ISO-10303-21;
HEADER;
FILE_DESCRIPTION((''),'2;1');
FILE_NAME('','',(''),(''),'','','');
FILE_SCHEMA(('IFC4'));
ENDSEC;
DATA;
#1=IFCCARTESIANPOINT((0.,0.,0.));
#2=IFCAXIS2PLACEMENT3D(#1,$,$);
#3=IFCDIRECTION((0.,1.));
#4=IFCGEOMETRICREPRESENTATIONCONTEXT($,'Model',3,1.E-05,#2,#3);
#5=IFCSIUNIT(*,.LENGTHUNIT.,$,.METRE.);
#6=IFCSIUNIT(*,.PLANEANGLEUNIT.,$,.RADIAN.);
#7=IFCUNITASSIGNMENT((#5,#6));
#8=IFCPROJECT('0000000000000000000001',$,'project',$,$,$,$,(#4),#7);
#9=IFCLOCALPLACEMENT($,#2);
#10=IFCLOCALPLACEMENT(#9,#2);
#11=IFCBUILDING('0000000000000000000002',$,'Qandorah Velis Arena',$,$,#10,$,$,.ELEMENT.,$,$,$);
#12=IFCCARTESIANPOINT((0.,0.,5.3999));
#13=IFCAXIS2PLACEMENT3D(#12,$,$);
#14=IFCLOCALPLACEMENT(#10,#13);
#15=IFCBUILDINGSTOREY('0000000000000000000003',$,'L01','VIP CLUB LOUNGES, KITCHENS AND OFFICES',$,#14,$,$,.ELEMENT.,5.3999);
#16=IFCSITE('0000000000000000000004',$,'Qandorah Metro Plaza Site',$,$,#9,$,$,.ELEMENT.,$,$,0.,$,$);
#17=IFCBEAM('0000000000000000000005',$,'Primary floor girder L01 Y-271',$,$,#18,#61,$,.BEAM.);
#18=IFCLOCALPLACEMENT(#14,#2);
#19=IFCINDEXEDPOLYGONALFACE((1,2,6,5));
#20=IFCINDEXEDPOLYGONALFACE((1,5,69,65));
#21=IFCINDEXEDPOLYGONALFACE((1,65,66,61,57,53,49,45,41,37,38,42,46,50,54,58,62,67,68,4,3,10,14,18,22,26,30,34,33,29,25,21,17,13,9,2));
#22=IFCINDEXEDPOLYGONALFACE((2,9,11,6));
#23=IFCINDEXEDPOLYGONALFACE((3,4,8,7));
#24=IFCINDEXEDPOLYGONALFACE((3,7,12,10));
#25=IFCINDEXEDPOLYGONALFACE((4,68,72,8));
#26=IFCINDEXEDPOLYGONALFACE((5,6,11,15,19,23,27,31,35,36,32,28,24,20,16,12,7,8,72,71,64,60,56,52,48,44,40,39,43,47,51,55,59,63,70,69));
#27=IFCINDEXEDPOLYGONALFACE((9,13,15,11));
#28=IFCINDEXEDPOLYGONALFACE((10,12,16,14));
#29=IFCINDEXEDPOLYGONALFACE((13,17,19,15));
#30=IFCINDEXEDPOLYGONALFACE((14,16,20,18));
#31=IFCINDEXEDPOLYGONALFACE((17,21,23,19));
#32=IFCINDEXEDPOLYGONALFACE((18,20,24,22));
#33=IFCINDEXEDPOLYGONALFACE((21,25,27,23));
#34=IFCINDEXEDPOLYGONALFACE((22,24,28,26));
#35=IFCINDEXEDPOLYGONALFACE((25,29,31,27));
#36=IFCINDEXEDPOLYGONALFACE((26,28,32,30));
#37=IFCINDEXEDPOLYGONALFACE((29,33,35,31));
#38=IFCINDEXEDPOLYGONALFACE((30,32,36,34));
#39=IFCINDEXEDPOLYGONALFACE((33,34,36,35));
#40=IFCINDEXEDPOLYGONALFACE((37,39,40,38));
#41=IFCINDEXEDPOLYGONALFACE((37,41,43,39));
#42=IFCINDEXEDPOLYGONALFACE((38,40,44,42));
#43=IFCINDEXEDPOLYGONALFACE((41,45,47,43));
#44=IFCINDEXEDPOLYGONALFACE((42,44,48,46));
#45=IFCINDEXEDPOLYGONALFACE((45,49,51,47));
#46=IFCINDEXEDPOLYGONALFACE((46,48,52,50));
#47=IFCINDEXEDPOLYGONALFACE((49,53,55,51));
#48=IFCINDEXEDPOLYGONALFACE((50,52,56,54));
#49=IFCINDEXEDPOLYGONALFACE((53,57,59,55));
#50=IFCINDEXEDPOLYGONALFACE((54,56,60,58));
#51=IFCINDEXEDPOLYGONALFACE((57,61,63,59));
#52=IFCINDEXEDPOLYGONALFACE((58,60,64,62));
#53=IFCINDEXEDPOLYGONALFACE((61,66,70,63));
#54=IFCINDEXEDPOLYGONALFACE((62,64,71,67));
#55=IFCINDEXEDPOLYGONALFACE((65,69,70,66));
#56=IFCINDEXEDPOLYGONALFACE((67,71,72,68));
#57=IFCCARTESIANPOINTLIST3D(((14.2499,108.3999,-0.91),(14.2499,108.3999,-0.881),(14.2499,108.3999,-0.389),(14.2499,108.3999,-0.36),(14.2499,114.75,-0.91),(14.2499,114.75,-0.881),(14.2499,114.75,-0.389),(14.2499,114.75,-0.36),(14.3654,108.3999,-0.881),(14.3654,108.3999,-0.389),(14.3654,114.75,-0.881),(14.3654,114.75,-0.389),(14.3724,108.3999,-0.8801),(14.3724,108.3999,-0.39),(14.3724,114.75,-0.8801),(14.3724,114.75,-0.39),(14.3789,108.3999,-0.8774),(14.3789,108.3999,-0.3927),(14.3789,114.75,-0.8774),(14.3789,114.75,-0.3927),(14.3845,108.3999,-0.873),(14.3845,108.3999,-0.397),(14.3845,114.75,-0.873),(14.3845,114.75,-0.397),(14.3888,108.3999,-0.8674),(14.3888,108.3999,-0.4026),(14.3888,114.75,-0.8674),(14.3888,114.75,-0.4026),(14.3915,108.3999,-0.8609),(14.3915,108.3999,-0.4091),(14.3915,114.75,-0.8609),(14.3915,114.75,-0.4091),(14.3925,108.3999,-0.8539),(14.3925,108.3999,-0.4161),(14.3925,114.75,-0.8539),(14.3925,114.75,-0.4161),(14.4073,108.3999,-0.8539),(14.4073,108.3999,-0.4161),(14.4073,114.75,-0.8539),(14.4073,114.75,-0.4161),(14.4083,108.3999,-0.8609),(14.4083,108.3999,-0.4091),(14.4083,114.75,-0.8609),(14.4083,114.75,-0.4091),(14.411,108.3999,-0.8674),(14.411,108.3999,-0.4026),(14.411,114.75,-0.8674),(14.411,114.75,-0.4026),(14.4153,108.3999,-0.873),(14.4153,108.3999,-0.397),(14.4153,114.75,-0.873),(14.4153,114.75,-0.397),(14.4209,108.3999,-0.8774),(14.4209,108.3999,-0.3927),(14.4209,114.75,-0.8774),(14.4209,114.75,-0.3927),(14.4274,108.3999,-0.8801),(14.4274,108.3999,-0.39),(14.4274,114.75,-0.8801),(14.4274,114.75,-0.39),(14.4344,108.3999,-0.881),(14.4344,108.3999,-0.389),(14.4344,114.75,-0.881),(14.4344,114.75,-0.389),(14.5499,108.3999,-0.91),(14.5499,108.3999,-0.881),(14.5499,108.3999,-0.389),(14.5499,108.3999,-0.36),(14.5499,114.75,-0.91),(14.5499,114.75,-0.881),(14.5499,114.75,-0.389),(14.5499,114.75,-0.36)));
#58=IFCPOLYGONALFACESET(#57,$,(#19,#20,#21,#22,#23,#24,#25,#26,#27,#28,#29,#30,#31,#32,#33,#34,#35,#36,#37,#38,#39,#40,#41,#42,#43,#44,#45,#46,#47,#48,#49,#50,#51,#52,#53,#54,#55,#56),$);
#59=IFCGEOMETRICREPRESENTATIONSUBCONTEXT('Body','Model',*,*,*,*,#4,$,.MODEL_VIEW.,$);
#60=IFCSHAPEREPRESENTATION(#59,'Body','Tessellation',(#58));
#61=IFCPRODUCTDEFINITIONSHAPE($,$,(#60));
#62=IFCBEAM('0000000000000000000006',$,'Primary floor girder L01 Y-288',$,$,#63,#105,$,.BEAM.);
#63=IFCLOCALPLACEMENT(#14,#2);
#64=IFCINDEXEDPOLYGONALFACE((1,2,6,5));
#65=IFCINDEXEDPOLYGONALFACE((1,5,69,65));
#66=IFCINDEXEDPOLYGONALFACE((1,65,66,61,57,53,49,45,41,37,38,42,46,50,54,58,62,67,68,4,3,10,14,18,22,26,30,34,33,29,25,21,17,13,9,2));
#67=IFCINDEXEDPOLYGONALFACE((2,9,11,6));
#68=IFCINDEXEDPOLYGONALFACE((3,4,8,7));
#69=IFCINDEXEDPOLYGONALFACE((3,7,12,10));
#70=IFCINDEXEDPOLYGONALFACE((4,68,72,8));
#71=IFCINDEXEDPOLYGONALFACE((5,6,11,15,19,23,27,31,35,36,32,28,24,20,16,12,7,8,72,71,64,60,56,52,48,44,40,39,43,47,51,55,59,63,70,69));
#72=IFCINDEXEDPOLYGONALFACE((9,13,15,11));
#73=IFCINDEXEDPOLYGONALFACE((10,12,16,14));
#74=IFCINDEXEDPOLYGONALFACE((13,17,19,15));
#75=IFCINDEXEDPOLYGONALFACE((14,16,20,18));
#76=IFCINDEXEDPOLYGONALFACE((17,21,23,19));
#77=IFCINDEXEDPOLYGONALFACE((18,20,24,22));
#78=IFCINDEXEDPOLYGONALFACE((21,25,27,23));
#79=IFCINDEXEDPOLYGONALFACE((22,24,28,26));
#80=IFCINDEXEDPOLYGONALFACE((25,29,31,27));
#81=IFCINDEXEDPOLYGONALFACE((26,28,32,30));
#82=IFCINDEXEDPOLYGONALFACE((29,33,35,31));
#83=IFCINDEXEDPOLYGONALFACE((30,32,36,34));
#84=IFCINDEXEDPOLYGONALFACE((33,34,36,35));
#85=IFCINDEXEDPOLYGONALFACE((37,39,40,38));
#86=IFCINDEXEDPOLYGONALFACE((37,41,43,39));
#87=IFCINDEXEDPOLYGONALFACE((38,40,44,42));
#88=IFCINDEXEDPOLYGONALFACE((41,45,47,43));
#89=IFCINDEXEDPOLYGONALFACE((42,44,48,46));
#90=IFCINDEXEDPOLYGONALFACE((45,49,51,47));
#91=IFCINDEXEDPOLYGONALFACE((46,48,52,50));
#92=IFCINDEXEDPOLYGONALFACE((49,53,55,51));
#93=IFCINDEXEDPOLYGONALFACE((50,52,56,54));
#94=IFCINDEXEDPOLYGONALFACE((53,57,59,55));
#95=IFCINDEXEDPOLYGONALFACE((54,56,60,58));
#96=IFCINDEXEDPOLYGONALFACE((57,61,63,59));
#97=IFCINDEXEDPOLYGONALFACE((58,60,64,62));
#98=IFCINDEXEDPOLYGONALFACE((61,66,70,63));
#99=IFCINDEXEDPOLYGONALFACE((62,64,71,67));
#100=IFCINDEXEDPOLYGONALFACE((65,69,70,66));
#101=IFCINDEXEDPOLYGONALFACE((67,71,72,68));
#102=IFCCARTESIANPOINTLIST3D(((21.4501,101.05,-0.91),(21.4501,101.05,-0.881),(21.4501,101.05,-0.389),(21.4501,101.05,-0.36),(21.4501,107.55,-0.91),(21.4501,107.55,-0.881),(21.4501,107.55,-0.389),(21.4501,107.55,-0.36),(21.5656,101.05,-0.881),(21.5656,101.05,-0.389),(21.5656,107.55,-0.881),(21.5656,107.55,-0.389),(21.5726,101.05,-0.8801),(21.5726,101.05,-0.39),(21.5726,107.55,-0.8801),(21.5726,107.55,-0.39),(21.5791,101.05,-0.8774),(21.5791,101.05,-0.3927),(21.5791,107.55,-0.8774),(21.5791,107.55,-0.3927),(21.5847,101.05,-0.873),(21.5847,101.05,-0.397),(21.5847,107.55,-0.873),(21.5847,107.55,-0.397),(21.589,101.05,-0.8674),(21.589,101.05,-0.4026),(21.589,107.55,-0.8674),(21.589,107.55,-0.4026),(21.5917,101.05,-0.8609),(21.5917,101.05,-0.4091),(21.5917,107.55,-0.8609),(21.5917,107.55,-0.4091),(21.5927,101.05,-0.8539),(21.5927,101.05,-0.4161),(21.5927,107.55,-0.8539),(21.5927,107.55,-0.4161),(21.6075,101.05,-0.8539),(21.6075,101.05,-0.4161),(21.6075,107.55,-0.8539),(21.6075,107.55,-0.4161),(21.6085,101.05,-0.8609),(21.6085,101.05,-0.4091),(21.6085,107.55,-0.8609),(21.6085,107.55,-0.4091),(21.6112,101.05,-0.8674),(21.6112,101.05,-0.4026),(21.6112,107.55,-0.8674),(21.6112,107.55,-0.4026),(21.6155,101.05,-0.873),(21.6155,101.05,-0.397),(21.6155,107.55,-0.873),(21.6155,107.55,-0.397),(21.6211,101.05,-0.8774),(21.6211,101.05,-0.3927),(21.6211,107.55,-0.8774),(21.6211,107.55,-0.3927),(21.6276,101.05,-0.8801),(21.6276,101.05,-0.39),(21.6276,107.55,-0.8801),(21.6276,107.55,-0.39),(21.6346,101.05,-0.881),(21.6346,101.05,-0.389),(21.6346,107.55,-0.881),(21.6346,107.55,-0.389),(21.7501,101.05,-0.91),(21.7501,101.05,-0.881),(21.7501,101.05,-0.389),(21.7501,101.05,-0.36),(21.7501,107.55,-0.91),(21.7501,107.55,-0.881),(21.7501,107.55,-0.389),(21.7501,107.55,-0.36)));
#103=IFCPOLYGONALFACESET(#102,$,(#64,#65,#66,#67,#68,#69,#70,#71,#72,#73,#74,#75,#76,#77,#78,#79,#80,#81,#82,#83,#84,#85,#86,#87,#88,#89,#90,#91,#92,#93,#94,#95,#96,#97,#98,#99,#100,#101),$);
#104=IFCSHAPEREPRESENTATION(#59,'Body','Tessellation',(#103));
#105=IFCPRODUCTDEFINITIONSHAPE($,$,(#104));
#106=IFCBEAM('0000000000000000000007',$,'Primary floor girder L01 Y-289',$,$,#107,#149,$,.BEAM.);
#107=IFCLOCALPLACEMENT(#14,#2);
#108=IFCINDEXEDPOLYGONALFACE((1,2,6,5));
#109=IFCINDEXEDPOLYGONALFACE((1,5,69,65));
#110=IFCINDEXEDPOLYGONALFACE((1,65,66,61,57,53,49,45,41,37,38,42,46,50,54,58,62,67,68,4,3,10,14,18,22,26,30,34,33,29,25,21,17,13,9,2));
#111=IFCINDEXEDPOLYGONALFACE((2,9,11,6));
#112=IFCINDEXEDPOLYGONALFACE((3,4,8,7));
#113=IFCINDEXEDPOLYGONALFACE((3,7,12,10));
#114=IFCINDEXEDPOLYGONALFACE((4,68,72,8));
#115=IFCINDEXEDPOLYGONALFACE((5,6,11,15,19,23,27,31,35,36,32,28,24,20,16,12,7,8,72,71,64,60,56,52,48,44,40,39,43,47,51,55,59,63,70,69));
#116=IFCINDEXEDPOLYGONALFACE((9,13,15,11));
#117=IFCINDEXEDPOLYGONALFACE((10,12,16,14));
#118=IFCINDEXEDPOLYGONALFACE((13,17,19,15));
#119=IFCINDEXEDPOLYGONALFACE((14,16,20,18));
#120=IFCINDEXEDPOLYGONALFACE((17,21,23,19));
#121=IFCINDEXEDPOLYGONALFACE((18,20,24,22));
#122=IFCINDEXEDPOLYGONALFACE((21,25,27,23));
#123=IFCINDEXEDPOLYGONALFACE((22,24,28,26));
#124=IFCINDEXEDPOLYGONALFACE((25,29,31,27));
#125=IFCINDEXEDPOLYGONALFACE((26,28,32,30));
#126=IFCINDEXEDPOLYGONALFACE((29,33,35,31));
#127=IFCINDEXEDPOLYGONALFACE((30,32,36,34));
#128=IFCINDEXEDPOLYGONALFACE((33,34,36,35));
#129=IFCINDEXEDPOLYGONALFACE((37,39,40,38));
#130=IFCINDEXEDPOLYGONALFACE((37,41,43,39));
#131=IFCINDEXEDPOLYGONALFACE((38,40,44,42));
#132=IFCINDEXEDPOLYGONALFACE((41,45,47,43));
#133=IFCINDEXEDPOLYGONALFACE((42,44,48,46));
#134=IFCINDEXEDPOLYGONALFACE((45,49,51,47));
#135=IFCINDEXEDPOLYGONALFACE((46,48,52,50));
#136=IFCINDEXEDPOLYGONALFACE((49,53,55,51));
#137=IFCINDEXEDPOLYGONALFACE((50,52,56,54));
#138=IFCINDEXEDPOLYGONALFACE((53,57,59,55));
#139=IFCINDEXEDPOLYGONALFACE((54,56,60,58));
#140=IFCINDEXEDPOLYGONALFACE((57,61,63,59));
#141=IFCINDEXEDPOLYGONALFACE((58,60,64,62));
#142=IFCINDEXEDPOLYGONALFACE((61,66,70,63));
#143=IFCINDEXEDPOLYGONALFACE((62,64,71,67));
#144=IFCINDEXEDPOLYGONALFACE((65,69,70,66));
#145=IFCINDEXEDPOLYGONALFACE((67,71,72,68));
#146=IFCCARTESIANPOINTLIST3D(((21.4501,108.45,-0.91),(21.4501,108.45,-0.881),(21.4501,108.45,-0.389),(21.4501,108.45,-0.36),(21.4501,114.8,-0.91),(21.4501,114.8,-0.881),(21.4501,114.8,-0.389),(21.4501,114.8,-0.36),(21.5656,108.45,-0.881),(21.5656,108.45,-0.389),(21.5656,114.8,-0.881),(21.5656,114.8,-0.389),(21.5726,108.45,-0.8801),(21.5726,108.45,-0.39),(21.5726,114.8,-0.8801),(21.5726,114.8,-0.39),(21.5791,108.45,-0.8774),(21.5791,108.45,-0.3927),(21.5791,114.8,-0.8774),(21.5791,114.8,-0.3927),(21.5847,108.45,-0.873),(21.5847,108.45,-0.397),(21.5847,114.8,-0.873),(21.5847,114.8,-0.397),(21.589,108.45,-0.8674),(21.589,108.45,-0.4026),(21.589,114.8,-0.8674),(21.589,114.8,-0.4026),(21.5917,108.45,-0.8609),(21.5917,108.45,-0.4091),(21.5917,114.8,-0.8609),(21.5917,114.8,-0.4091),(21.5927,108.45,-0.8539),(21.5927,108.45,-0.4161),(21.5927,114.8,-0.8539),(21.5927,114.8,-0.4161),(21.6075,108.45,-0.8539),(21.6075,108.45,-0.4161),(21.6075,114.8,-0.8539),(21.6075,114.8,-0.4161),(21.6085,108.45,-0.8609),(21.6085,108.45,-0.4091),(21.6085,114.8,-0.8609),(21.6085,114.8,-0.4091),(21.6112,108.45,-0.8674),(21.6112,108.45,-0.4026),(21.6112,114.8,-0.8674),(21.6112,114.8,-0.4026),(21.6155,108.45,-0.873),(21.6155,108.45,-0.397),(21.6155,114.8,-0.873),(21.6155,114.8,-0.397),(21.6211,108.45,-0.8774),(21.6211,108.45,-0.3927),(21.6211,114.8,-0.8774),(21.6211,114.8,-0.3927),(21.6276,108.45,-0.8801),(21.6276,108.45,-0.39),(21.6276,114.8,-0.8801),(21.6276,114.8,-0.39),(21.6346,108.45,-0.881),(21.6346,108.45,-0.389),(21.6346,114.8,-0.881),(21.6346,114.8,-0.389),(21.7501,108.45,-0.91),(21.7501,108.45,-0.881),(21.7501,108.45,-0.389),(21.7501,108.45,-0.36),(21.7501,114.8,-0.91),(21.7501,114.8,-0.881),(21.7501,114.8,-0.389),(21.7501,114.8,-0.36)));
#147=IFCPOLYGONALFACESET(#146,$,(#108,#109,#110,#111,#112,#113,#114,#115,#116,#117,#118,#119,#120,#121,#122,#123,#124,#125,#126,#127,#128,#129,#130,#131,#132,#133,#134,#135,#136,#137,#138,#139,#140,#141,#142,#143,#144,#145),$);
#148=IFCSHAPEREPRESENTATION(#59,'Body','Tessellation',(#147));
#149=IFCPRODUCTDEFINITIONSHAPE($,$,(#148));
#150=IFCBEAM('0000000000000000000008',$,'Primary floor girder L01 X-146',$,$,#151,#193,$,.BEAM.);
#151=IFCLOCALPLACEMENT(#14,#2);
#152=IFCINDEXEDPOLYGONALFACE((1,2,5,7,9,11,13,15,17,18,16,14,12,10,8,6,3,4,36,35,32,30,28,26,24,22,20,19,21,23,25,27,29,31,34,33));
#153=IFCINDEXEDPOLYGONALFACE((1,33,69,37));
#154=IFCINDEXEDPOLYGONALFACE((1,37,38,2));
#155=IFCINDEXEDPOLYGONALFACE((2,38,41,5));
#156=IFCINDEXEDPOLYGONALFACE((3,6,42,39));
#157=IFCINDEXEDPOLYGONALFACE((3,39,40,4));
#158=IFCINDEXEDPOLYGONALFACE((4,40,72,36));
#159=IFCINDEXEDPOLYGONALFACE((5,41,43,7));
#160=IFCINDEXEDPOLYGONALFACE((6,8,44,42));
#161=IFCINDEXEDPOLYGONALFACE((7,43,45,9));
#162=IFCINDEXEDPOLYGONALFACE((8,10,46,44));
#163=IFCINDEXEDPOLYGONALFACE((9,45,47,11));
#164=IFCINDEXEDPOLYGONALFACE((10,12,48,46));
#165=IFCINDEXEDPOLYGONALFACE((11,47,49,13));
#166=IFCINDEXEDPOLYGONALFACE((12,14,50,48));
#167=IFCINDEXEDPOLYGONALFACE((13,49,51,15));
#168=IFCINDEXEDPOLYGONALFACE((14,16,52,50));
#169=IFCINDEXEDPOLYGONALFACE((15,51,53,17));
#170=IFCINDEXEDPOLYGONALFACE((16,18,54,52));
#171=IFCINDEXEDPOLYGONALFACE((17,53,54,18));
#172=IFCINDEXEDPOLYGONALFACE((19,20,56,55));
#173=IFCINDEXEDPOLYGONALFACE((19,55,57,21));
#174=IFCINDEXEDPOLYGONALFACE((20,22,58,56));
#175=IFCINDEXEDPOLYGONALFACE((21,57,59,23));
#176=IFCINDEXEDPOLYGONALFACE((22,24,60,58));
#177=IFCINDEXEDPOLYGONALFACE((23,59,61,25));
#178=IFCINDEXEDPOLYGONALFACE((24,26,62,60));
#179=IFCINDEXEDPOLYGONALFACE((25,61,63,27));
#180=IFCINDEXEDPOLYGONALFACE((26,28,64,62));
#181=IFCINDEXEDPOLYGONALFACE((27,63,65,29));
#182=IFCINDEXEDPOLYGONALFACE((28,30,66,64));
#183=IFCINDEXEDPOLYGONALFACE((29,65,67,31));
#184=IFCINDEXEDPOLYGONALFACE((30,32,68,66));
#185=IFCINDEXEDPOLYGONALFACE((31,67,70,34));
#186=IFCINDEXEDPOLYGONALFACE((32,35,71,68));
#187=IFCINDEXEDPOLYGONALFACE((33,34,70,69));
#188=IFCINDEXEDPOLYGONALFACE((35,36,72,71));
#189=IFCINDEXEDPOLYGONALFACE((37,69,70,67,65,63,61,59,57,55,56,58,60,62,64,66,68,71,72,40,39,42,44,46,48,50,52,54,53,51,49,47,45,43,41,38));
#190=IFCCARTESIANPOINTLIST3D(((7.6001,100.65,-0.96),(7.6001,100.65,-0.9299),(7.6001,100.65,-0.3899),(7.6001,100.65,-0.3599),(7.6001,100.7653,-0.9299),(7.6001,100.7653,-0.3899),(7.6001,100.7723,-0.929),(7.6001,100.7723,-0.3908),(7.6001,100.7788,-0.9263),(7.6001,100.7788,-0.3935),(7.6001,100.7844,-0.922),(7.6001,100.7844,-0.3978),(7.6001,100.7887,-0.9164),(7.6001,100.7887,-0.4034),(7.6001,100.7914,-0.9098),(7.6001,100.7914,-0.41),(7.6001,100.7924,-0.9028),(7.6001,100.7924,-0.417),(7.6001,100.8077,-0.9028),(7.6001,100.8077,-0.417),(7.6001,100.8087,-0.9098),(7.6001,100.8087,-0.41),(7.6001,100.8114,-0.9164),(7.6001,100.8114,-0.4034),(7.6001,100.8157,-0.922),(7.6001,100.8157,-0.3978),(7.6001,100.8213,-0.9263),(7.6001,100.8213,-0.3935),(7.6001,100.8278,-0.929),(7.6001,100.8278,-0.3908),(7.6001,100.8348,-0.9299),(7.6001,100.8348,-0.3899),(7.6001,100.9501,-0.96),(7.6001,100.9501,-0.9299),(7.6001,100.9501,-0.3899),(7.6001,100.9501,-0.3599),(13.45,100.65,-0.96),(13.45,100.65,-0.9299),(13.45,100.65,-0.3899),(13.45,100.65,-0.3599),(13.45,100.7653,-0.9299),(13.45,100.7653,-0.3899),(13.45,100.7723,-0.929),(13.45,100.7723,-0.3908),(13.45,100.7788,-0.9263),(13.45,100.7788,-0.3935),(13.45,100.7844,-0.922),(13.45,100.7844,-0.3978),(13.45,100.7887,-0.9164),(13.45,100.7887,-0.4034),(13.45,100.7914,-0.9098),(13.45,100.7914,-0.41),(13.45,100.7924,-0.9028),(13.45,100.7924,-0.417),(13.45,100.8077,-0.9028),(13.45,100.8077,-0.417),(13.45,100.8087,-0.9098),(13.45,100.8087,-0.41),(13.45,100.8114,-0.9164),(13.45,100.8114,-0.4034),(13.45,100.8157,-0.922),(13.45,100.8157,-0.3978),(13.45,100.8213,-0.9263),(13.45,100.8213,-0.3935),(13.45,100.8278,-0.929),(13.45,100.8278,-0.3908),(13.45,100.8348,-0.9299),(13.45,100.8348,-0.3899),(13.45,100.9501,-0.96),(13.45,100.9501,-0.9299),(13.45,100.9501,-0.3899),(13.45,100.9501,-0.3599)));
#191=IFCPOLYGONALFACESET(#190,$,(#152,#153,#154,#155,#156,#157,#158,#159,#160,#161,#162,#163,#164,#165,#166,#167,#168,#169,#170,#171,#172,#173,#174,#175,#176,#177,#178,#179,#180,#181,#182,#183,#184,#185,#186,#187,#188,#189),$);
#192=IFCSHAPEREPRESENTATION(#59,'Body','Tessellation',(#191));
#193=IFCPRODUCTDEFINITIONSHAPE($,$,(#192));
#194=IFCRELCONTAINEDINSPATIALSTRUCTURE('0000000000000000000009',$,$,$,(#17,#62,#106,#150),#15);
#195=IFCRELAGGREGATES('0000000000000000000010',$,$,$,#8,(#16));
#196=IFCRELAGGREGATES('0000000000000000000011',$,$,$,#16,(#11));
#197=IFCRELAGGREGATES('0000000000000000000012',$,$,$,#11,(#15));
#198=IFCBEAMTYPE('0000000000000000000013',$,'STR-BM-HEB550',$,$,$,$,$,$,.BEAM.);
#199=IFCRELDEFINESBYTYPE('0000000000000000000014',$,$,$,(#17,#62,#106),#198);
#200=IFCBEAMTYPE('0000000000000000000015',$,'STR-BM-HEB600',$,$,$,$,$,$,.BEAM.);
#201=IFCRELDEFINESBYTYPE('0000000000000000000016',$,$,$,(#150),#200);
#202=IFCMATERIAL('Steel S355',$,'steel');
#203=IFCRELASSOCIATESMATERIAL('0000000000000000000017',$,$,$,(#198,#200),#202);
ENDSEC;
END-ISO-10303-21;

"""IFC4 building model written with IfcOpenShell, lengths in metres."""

from ifc_helpers import new_model, si_unit, direction, frame, origin, origin_2d, place, context, subcontext, project, spatial, i_section, extrude, material, material_profile, profile_set, type_object, element, save


model = new_model("IFC4")

# Units and contexts
model_context = context("Model", 3, precision=1e-05, world=origin(), true_north=direction((0.0, 1.0)))
body_context = subcontext(model_context, "Body", "Model", "MODEL_VIEW")
ifc_project = project(units=[si_unit("LENGTHUNIT", "METRE"), si_unit("PLANEANGLEUNIT", "RADIAN")], contexts=[model_context])

# Site, building, storey
site_placement = place(None, origin())
site = spatial("IfcSite", under=ifc_project, at=site_placement, Name="Qandorah Metro Plaza Site", CompositionType="ELEMENT", RefElevation=0.0)
building_placement = place(site_placement, origin())
building = spatial("IfcBuilding", under=site, at=building_placement, Name="Qandorah Velis Arena", CompositionType="ELEMENT")
storey_placement = place(building_placement, frame((0.0, 0.0, 5.3999)))
storey = spatial("IfcBuildingStorey", under=building, at=storey_placement, Name="L01", Description="VIP CLUB LOUNGES, KITCHENS AND OFFICES", CompositionType="ELEMENT", Elevation=5.3999)

# Beams
ifc_material_1 = material(Name="Steel S355", Category="steel")
ifc_material_profile_1 = material_profile(ifc_material_1, i_section(OverallWidth=0.3, OverallDepth=0.55, WebThickness=0.0149, FlangeThickness=0.0291, FilletRadius=0.0271, at=origin_2d()), Name="HEB 550")
ifc_profile_set_1 = profile_set([ifc_material_profile_1], Name="Steel S355")
beam_type_1 = type_object("IfcBeamType", Name="STR-BM-HEB550", PredefinedType="BEAM", material=ifc_profile_set_1)
beam_1_placement = place(storey_placement, frame((14.3999, 108.3999, -0.635), z_axis=(0.0, 1.0, 0.0), x_axis=(-1.0, 0.0, 0.0)))
element("IfcBeam", 1, at=beam_1_placement, inside=storey, type_object=beam_type_1, Name="Primary floor girder L01 Y-271", PredefinedType="BEAM", context=body_context, shape_type="SweptSolid", body=[
    extrude(i_section(OverallWidth=0.3, OverallDepth=0.55, WebThickness=0.0149, FlangeThickness=0.0291, FilletRadius=0.0271, at=origin_2d()), origin(), (0.0, 0.0, 1.0), 6.3501),
])
beam_2_placement = place(storey_placement, frame((21.6001, 101.05, -0.635), z_axis=(0.0, 1.0, 0.0), x_axis=(-1.0, 0.0, 0.0)))
element("IfcBeam", 2, at=beam_2_placement, inside=storey, type_object=beam_type_1, Name="Primary floor girder L01 Y-288", PredefinedType="BEAM", context=body_context, shape_type="SweptSolid", body=[
    extrude(i_section(OverallWidth=0.3, OverallDepth=0.55, WebThickness=0.0149, FlangeThickness=0.0291, FilletRadius=0.0271, at=origin_2d()), origin(), (0.0, 0.0, 1.0), 6.5),
])
beam_3_placement = place(storey_placement, frame((21.6001, 108.45, -0.635), z_axis=(0.0, 1.0, 0.0), x_axis=(-1.0, 0.0, 0.0)))
element("IfcBeam", 3, at=beam_3_placement, inside=storey, type_object=beam_type_1, Name="Primary floor girder L01 Y-289", PredefinedType="BEAM", context=body_context, shape_type="SweptSolid", body=[
    extrude(i_section(OverallWidth=0.3, OverallDepth=0.55, WebThickness=0.0149, FlangeThickness=0.0291, FilletRadius=0.0271, at=origin_2d()), origin(), (0.0, 0.0, 1.0), 6.3501),
])
ifc_material_profile_2 = material_profile(ifc_material_1, i_section(OverallWidth=0.3, OverallDepth=0.6001, WebThickness=0.0154, FlangeThickness=0.03, FilletRadius=0.0271, at=origin_2d()), Name="HEB 600")
ifc_profile_set_2 = profile_set([ifc_material_profile_2], Name="Steel S355")
beam_type_2 = type_object("IfcBeamType", Name="STR-BM-HEB600", PredefinedType="BEAM", material=ifc_profile_set_2)
beam_4_placement = place(storey_placement, frame((7.6001, 100.8, -0.6599), z_axis=(1.0, 0.0, 0.0), x_axis=(0.0, 1.0, 0.0)))
element("IfcBeam", 4, at=beam_4_placement, inside=storey, type_object=beam_type_2, Name="Primary floor girder L01 X-146", PredefinedType="BEAM", context=body_context, shape_type="SweptSolid", body=[
    extrude(i_section(OverallWidth=0.3, OverallDepth=0.6001, WebThickness=0.0154, FlangeThickness=0.03, FilletRadius=0.0271, at=origin_2d()), origin(), (0.0, 0.0, 1.0), 5.8499),
])

save(model, "model.ifc")
